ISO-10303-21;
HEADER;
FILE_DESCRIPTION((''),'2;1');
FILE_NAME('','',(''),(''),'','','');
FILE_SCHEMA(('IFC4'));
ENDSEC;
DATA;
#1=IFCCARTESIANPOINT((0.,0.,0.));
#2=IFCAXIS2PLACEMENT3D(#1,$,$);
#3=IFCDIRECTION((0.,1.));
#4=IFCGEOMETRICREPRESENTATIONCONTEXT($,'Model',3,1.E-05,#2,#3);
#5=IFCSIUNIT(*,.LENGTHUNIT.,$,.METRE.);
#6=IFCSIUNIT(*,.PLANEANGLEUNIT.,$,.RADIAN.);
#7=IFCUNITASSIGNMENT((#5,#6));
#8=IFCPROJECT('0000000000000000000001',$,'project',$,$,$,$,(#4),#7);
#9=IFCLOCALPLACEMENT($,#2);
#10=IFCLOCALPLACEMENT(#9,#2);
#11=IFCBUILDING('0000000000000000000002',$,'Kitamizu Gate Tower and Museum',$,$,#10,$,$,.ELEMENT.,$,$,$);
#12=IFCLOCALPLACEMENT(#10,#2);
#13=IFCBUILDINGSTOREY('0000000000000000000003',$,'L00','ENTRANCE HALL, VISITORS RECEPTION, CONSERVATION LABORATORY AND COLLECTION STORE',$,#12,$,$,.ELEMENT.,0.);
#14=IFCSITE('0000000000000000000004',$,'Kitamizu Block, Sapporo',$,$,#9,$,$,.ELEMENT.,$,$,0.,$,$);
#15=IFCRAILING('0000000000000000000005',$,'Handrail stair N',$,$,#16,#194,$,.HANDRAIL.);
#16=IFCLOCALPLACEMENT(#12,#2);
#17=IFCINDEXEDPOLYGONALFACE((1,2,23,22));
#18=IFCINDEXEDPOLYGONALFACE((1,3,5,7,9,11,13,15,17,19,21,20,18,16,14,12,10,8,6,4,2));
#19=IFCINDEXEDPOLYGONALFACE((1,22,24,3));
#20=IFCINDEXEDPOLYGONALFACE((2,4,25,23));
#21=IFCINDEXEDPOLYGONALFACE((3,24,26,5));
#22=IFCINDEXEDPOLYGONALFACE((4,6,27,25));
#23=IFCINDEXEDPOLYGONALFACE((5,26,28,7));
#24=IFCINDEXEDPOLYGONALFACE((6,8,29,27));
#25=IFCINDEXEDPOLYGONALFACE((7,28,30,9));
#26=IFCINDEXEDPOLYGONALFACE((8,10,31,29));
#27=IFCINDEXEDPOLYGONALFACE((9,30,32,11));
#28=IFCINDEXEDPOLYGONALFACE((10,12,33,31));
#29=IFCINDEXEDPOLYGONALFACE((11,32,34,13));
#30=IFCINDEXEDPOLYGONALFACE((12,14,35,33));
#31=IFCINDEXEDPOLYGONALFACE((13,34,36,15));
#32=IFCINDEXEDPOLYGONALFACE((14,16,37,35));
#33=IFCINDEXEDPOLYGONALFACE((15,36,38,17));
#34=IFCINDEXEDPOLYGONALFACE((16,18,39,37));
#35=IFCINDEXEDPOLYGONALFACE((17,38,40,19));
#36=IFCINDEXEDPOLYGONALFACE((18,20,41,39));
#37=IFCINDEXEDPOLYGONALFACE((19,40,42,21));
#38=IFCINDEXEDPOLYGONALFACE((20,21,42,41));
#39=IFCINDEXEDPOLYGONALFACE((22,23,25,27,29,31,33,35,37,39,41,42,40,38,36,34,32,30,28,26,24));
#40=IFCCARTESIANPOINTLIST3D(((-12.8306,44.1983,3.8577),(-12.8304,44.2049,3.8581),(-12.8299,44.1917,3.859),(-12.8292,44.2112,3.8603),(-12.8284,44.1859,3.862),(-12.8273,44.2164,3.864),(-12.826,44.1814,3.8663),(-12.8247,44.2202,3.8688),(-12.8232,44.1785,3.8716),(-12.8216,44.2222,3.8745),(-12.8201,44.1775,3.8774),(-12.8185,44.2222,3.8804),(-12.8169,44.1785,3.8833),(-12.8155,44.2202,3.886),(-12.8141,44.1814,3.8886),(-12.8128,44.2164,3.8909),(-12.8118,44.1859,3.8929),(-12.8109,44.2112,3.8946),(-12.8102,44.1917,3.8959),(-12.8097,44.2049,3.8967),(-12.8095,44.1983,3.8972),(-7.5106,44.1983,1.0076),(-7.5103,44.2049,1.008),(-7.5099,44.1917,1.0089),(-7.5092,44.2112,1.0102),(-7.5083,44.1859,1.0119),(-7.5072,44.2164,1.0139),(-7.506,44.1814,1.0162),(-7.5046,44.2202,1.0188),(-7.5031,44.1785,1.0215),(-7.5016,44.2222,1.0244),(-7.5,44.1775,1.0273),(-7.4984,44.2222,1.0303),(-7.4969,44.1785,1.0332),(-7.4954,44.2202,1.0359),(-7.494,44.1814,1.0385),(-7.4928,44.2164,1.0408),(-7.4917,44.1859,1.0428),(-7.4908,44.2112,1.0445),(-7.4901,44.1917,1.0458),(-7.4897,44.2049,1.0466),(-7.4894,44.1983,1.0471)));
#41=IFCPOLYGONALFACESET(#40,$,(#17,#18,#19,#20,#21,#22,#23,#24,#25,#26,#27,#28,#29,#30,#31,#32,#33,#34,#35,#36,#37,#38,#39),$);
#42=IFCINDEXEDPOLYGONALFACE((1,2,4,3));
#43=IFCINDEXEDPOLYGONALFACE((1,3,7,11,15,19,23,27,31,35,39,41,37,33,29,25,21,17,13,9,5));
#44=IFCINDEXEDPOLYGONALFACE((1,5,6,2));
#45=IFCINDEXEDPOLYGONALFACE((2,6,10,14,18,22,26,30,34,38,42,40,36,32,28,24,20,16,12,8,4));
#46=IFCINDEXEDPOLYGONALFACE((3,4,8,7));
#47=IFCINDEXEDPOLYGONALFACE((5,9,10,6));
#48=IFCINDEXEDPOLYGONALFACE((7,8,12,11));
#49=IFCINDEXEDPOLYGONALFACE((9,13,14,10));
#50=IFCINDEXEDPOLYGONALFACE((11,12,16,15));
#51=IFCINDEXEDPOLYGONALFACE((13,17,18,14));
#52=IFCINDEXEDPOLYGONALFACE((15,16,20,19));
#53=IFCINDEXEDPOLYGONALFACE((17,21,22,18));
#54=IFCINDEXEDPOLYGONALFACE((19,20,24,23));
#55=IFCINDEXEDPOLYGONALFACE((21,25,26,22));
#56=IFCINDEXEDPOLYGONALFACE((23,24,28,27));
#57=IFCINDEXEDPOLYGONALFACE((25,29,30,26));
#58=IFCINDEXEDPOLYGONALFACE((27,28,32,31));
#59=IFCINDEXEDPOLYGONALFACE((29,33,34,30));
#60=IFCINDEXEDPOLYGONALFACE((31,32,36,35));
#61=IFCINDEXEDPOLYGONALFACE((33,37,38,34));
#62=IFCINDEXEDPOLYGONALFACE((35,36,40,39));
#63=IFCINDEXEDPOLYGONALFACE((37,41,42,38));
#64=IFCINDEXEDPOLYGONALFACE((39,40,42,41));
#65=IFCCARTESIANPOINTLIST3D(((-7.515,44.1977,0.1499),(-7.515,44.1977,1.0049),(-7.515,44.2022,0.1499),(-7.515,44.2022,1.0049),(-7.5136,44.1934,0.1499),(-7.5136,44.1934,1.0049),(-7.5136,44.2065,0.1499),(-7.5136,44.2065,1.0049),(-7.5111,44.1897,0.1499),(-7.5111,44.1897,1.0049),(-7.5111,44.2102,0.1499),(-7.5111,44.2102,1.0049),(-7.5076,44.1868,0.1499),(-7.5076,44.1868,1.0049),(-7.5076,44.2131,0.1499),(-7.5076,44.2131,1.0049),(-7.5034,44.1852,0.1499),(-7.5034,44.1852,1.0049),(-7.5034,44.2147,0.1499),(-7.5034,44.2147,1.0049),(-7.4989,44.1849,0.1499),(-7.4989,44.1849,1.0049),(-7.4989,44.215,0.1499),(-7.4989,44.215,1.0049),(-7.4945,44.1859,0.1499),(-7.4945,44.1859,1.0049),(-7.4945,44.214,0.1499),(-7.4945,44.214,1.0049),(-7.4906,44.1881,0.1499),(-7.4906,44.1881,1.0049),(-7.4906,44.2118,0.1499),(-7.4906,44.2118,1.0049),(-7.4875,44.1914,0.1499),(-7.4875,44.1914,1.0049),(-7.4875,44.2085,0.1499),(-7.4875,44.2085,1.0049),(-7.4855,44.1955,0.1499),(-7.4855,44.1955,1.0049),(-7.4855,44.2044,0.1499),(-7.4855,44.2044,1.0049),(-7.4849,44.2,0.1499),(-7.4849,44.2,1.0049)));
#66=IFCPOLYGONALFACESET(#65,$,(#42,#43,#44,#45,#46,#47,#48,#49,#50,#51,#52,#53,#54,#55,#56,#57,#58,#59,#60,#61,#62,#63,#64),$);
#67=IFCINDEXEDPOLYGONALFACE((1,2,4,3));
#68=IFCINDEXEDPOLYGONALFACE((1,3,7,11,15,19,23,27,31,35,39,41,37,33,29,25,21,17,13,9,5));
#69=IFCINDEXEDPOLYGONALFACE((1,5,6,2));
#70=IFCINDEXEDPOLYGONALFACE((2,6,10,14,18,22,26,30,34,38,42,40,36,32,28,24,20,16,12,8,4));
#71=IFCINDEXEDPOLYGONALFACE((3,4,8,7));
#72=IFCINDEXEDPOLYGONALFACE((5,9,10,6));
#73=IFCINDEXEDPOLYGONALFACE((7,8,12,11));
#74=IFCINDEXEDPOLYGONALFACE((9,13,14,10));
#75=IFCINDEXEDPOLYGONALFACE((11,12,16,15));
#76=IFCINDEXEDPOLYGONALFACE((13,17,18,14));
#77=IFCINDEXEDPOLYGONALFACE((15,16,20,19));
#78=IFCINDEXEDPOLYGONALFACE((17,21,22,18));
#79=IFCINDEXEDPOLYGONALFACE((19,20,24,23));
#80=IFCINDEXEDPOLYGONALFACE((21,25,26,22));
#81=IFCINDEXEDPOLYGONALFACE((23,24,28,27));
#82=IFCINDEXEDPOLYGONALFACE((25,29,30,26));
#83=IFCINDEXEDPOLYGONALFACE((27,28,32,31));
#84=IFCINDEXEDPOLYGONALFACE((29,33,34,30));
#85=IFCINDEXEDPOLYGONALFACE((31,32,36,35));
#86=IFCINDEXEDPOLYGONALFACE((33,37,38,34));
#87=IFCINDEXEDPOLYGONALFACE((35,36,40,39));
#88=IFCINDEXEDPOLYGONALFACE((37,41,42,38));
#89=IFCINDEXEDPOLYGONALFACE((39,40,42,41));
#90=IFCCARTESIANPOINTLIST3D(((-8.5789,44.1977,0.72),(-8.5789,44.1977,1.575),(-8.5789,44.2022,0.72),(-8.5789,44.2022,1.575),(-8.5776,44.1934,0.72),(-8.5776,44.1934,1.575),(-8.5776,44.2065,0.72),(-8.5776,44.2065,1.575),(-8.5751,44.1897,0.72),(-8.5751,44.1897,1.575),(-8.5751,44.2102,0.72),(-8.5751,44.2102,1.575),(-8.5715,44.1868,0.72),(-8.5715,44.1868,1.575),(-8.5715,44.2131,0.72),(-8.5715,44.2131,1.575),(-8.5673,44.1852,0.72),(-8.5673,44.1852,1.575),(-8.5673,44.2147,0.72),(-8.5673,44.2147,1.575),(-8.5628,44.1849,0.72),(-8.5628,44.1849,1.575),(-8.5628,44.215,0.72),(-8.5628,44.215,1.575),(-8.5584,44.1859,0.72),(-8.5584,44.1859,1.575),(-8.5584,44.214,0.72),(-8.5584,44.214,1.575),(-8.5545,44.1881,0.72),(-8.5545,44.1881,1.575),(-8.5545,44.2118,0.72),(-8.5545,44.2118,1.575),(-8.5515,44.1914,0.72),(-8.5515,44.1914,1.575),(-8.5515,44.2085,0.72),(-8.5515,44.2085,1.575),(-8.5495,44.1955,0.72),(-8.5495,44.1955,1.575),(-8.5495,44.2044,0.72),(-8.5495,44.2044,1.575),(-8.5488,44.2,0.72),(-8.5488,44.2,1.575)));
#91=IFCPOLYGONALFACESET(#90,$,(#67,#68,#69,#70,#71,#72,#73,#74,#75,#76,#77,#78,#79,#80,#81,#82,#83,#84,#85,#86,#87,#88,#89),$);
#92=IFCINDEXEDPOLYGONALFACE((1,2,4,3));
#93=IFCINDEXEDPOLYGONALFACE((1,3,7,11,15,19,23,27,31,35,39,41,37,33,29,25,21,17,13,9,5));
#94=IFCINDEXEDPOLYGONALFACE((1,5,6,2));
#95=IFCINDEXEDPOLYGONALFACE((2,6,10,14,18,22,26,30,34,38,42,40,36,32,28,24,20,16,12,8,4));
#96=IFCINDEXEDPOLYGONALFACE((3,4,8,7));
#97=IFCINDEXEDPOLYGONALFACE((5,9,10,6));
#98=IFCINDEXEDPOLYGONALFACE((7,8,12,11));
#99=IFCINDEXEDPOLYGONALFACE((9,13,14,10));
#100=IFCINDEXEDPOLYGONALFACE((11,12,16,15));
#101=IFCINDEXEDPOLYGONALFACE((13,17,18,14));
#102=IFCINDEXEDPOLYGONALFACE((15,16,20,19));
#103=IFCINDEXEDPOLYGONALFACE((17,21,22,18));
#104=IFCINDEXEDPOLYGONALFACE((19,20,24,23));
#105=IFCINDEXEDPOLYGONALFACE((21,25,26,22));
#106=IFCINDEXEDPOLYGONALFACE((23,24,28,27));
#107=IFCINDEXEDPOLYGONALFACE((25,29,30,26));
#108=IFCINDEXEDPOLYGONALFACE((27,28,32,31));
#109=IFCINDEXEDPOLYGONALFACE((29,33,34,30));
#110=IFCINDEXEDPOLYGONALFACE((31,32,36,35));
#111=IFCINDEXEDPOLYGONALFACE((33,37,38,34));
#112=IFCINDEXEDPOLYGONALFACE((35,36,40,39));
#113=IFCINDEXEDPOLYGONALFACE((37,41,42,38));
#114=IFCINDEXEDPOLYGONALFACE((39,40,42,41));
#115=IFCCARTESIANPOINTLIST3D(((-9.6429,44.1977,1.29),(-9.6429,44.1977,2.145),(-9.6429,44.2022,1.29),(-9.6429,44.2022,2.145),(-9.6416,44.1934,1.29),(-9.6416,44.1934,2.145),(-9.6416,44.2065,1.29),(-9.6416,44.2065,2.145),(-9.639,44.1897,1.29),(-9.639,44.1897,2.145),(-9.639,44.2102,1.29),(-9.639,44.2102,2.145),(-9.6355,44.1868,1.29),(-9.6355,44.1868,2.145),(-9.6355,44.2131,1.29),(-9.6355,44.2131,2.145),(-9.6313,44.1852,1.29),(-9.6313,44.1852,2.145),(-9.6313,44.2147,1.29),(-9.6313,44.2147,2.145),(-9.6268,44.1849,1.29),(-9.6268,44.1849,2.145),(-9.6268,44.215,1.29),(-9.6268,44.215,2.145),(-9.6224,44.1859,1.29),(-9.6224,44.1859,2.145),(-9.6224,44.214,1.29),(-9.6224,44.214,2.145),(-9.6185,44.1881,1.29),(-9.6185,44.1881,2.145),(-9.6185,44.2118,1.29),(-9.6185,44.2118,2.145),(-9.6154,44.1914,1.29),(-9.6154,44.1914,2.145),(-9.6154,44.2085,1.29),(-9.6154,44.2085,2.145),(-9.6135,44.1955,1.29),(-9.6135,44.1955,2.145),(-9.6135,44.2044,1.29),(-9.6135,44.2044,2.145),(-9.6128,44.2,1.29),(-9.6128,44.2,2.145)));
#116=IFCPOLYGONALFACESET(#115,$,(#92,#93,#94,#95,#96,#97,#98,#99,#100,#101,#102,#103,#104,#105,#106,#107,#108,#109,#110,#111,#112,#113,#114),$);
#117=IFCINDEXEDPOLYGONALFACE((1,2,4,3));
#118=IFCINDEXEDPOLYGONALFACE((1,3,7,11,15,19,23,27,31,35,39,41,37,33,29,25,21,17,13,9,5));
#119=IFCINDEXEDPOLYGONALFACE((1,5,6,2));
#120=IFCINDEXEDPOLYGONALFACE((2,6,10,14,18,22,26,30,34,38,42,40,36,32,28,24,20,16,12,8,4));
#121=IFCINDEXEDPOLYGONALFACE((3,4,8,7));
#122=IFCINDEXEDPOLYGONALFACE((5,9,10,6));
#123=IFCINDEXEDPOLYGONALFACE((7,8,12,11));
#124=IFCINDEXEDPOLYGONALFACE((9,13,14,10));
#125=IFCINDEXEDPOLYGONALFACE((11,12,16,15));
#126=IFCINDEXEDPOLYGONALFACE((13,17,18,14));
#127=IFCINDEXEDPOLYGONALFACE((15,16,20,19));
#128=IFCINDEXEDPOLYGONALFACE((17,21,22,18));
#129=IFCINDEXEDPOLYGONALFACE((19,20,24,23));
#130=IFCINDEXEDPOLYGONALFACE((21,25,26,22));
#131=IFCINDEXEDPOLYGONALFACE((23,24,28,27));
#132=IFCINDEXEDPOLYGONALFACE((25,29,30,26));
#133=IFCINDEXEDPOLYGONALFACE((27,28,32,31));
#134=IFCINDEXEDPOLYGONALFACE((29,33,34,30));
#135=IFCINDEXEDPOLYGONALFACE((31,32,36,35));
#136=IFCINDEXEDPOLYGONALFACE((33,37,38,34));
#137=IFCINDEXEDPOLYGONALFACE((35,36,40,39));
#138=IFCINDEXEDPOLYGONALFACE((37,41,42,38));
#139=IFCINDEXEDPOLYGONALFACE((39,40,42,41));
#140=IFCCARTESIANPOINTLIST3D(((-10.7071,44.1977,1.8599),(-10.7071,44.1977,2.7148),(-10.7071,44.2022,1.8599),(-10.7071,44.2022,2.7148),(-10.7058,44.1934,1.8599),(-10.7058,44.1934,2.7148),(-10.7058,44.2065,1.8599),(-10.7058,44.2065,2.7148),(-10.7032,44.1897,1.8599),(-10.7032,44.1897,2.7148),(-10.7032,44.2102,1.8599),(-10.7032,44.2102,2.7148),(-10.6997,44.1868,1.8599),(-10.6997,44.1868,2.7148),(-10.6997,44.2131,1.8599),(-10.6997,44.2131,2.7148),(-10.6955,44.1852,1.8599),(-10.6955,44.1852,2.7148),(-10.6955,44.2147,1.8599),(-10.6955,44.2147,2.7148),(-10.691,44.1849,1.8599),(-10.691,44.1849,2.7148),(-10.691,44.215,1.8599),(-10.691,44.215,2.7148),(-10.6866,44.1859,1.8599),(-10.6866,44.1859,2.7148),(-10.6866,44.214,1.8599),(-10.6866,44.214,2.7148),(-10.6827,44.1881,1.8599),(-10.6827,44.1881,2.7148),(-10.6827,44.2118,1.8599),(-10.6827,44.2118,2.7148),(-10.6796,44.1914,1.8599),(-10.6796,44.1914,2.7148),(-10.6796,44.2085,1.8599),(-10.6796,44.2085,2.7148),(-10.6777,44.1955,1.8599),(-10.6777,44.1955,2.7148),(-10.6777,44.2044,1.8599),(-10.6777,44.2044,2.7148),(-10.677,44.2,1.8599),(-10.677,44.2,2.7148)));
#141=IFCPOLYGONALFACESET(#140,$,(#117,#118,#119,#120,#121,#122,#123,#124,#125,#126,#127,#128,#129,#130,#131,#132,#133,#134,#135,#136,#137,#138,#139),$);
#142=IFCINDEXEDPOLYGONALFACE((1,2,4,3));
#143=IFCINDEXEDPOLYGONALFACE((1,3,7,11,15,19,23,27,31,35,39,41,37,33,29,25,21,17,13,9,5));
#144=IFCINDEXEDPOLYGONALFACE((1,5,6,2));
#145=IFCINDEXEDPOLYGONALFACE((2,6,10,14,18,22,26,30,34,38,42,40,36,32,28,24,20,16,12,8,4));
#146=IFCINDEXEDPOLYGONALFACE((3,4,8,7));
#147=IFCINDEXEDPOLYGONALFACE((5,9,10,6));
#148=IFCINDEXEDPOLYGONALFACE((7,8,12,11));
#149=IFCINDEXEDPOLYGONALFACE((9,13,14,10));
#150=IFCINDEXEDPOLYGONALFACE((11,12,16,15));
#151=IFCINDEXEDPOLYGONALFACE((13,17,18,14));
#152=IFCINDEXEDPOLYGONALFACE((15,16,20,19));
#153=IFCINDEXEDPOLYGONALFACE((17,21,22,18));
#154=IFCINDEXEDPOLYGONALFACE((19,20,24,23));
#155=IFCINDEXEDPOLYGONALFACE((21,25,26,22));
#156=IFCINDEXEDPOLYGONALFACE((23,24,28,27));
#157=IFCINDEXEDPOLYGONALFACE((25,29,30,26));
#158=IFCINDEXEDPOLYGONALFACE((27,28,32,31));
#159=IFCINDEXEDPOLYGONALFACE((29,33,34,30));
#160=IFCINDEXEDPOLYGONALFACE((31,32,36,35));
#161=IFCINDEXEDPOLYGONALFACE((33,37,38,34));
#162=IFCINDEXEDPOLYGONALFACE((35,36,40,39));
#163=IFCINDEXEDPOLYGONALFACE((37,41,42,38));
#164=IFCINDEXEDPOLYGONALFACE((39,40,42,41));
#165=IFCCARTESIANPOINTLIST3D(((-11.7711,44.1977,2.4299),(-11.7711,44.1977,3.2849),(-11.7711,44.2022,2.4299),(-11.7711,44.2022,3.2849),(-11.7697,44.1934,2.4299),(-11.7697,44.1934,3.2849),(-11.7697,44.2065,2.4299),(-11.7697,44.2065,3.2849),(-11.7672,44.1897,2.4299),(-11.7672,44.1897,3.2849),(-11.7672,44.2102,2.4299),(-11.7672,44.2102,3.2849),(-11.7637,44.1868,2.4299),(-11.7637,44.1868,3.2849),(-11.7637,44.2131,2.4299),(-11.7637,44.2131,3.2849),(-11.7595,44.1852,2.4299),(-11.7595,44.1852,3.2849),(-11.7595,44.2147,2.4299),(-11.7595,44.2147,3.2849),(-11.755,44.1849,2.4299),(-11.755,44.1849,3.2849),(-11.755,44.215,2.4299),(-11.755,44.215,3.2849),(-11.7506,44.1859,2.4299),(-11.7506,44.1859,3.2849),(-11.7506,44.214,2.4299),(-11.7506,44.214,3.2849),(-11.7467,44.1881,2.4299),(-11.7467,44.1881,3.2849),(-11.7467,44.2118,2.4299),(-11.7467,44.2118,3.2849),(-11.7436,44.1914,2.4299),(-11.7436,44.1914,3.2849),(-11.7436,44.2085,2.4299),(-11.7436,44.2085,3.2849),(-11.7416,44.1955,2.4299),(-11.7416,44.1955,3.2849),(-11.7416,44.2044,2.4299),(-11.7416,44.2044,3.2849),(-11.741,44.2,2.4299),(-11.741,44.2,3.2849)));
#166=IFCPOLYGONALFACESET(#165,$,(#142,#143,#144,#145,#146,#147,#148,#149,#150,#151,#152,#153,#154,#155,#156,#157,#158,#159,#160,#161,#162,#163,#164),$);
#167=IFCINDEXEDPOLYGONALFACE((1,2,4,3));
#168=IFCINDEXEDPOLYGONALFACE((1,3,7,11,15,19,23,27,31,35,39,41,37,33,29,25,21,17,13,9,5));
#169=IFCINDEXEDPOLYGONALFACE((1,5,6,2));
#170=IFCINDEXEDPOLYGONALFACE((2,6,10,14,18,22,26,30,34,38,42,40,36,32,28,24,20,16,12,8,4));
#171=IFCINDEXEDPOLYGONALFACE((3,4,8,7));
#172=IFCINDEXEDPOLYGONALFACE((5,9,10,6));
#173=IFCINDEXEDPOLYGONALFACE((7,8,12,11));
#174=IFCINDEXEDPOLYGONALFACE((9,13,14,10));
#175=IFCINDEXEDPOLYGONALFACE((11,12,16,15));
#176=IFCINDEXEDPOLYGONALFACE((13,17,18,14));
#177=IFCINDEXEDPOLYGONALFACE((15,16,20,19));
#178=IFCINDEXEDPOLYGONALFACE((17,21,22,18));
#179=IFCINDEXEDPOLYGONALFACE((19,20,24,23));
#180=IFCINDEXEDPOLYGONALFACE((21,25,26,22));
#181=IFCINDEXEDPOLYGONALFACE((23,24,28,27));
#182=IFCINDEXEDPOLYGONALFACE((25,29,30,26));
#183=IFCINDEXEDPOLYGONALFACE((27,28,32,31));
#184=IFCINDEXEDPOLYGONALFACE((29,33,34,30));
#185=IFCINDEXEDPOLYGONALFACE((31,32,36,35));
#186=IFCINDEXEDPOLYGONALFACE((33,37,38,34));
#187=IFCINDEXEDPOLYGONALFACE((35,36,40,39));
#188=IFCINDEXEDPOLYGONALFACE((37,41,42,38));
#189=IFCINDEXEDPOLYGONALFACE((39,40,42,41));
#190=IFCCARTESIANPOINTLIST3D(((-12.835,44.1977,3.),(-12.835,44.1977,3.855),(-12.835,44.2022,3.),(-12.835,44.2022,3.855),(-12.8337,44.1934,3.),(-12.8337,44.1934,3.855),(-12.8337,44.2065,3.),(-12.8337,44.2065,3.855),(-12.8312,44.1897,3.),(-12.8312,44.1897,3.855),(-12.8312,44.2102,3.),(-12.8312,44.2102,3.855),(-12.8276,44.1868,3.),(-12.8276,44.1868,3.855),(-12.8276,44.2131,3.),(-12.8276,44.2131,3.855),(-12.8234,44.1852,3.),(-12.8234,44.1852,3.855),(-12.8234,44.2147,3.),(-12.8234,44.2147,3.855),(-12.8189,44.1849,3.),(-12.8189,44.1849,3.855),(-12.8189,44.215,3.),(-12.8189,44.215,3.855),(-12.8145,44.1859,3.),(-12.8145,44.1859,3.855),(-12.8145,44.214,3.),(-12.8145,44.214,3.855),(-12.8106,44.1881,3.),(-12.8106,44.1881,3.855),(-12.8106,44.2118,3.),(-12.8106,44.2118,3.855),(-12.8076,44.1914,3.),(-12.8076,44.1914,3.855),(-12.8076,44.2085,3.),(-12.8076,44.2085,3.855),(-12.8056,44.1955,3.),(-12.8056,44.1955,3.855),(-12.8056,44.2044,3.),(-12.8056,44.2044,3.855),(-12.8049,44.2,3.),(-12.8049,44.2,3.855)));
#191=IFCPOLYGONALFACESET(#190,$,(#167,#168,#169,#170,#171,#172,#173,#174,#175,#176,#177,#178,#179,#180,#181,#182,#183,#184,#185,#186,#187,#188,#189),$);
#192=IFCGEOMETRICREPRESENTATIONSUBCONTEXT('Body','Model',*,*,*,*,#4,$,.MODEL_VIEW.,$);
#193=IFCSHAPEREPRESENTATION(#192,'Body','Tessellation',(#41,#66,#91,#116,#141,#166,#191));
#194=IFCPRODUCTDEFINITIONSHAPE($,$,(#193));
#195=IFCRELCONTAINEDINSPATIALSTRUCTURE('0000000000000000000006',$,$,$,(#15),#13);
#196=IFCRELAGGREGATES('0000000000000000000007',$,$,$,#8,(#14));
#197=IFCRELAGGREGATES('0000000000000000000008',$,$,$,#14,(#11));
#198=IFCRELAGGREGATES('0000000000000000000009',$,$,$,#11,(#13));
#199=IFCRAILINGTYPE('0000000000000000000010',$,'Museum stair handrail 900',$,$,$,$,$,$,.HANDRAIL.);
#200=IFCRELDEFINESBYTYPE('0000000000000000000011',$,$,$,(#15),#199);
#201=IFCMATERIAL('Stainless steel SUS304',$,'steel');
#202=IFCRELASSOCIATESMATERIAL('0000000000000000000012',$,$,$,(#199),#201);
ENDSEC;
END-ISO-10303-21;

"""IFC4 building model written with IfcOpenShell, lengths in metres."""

from ifc_helpers import new_model, si_unit, direction, frame, origin, origin_2d, place, context, subcontext, project, spatial, circle, extrude, material, type_object, element, save


model = new_model("IFC4")

# Units and contexts
model_context = context("Model", 3, precision=1e-05, world=origin(), true_north=direction((0.0, 1.0)))
body_context = subcontext(model_context, "Body", "Model", "MODEL_VIEW")
ifc_project = project(units=[si_unit("LENGTHUNIT", "METRE"), si_unit("PLANEANGLEUNIT", "RADIAN")], contexts=[model_context])

# Site, building, storey
site_placement = place(None, origin())
site = spatial("IfcSite", under=ifc_project, at=site_placement, Name="Kitamizu Block, Sapporo", CompositionType="ELEMENT", RefElevation=0.0)
building_placement = place(site_placement, origin())
building = spatial("IfcBuilding", under=site, at=building_placement, Name="Kitamizu Gate Tower and Museum", CompositionType="ELEMENT")
storey_placement = place(building_placement, origin())
storey = spatial("IfcBuildingStorey", under=building, at=storey_placement, Name="L00", Description="ENTRANCE HALL, VISITORS RECEPTION, CONSERVATION LABORATORY AND COLLECTION STORE", CompositionType="ELEMENT", Elevation=0.0)

# Railing
ifc_material_1 = material(Name="Stainless steel SUS304", Category="steel")
railing_type = type_object("IfcRailingType", Name="Museum stair handrail 900", PredefinedType="HANDRAIL", material=ifc_material_1)
for number, where, name in (
    (1, (-7.5, 44.2, 0.1499), "Handrail stair N"),
):
    element("IfcRailing", number, at=place(storey_placement, frame(where)), inside=storey, type_object=railing_type, Name=name, PredefinedType="HANDRAIL", context=body_context, shape_type="SweptSolid", body=[
        extrude(circle(Radius=0.0225, at=origin_2d()), frame((0.0, 0.0, 0.8774), z_axis=(-0.881476, 0.0, 0.472229), x_axis=(0.0, -1.0, 0.0)), (0.0, 0.0, 1.0), 6.0354),
        extrude(circle(Radius=0.0151, at=origin_2d()), origin(), (0.0, 0.0, 1.0), 0.855),
        extrude(circle(Radius=0.0151, at=origin_2d()), frame((-1.064, 0.0, 0.5701)), (0.0, 0.0, 1.0), 0.855),
        extrude(circle(Radius=0.0151, at=origin_2d()), frame((-2.1279, 0.0, 1.1401)), (0.0, 0.0, 1.0), 0.855),
        extrude(circle(Radius=0.0151, at=origin_2d()), frame((-3.1921, 0.0, 1.71)), (0.0, 0.0, 1.0), 0.855),
        extrude(circle(Radius=0.0151, at=origin_2d()), frame((-4.2561, 0.0, 2.28)), (0.0, 0.0, 1.0), 0.855),
        extrude(circle(Radius=0.0151, at=origin_2d()), frame((-5.3201, 0.0, 2.8501)), (0.0, 0.0, 1.0), 0.855),
    ])

save(model, "model.ifc")
